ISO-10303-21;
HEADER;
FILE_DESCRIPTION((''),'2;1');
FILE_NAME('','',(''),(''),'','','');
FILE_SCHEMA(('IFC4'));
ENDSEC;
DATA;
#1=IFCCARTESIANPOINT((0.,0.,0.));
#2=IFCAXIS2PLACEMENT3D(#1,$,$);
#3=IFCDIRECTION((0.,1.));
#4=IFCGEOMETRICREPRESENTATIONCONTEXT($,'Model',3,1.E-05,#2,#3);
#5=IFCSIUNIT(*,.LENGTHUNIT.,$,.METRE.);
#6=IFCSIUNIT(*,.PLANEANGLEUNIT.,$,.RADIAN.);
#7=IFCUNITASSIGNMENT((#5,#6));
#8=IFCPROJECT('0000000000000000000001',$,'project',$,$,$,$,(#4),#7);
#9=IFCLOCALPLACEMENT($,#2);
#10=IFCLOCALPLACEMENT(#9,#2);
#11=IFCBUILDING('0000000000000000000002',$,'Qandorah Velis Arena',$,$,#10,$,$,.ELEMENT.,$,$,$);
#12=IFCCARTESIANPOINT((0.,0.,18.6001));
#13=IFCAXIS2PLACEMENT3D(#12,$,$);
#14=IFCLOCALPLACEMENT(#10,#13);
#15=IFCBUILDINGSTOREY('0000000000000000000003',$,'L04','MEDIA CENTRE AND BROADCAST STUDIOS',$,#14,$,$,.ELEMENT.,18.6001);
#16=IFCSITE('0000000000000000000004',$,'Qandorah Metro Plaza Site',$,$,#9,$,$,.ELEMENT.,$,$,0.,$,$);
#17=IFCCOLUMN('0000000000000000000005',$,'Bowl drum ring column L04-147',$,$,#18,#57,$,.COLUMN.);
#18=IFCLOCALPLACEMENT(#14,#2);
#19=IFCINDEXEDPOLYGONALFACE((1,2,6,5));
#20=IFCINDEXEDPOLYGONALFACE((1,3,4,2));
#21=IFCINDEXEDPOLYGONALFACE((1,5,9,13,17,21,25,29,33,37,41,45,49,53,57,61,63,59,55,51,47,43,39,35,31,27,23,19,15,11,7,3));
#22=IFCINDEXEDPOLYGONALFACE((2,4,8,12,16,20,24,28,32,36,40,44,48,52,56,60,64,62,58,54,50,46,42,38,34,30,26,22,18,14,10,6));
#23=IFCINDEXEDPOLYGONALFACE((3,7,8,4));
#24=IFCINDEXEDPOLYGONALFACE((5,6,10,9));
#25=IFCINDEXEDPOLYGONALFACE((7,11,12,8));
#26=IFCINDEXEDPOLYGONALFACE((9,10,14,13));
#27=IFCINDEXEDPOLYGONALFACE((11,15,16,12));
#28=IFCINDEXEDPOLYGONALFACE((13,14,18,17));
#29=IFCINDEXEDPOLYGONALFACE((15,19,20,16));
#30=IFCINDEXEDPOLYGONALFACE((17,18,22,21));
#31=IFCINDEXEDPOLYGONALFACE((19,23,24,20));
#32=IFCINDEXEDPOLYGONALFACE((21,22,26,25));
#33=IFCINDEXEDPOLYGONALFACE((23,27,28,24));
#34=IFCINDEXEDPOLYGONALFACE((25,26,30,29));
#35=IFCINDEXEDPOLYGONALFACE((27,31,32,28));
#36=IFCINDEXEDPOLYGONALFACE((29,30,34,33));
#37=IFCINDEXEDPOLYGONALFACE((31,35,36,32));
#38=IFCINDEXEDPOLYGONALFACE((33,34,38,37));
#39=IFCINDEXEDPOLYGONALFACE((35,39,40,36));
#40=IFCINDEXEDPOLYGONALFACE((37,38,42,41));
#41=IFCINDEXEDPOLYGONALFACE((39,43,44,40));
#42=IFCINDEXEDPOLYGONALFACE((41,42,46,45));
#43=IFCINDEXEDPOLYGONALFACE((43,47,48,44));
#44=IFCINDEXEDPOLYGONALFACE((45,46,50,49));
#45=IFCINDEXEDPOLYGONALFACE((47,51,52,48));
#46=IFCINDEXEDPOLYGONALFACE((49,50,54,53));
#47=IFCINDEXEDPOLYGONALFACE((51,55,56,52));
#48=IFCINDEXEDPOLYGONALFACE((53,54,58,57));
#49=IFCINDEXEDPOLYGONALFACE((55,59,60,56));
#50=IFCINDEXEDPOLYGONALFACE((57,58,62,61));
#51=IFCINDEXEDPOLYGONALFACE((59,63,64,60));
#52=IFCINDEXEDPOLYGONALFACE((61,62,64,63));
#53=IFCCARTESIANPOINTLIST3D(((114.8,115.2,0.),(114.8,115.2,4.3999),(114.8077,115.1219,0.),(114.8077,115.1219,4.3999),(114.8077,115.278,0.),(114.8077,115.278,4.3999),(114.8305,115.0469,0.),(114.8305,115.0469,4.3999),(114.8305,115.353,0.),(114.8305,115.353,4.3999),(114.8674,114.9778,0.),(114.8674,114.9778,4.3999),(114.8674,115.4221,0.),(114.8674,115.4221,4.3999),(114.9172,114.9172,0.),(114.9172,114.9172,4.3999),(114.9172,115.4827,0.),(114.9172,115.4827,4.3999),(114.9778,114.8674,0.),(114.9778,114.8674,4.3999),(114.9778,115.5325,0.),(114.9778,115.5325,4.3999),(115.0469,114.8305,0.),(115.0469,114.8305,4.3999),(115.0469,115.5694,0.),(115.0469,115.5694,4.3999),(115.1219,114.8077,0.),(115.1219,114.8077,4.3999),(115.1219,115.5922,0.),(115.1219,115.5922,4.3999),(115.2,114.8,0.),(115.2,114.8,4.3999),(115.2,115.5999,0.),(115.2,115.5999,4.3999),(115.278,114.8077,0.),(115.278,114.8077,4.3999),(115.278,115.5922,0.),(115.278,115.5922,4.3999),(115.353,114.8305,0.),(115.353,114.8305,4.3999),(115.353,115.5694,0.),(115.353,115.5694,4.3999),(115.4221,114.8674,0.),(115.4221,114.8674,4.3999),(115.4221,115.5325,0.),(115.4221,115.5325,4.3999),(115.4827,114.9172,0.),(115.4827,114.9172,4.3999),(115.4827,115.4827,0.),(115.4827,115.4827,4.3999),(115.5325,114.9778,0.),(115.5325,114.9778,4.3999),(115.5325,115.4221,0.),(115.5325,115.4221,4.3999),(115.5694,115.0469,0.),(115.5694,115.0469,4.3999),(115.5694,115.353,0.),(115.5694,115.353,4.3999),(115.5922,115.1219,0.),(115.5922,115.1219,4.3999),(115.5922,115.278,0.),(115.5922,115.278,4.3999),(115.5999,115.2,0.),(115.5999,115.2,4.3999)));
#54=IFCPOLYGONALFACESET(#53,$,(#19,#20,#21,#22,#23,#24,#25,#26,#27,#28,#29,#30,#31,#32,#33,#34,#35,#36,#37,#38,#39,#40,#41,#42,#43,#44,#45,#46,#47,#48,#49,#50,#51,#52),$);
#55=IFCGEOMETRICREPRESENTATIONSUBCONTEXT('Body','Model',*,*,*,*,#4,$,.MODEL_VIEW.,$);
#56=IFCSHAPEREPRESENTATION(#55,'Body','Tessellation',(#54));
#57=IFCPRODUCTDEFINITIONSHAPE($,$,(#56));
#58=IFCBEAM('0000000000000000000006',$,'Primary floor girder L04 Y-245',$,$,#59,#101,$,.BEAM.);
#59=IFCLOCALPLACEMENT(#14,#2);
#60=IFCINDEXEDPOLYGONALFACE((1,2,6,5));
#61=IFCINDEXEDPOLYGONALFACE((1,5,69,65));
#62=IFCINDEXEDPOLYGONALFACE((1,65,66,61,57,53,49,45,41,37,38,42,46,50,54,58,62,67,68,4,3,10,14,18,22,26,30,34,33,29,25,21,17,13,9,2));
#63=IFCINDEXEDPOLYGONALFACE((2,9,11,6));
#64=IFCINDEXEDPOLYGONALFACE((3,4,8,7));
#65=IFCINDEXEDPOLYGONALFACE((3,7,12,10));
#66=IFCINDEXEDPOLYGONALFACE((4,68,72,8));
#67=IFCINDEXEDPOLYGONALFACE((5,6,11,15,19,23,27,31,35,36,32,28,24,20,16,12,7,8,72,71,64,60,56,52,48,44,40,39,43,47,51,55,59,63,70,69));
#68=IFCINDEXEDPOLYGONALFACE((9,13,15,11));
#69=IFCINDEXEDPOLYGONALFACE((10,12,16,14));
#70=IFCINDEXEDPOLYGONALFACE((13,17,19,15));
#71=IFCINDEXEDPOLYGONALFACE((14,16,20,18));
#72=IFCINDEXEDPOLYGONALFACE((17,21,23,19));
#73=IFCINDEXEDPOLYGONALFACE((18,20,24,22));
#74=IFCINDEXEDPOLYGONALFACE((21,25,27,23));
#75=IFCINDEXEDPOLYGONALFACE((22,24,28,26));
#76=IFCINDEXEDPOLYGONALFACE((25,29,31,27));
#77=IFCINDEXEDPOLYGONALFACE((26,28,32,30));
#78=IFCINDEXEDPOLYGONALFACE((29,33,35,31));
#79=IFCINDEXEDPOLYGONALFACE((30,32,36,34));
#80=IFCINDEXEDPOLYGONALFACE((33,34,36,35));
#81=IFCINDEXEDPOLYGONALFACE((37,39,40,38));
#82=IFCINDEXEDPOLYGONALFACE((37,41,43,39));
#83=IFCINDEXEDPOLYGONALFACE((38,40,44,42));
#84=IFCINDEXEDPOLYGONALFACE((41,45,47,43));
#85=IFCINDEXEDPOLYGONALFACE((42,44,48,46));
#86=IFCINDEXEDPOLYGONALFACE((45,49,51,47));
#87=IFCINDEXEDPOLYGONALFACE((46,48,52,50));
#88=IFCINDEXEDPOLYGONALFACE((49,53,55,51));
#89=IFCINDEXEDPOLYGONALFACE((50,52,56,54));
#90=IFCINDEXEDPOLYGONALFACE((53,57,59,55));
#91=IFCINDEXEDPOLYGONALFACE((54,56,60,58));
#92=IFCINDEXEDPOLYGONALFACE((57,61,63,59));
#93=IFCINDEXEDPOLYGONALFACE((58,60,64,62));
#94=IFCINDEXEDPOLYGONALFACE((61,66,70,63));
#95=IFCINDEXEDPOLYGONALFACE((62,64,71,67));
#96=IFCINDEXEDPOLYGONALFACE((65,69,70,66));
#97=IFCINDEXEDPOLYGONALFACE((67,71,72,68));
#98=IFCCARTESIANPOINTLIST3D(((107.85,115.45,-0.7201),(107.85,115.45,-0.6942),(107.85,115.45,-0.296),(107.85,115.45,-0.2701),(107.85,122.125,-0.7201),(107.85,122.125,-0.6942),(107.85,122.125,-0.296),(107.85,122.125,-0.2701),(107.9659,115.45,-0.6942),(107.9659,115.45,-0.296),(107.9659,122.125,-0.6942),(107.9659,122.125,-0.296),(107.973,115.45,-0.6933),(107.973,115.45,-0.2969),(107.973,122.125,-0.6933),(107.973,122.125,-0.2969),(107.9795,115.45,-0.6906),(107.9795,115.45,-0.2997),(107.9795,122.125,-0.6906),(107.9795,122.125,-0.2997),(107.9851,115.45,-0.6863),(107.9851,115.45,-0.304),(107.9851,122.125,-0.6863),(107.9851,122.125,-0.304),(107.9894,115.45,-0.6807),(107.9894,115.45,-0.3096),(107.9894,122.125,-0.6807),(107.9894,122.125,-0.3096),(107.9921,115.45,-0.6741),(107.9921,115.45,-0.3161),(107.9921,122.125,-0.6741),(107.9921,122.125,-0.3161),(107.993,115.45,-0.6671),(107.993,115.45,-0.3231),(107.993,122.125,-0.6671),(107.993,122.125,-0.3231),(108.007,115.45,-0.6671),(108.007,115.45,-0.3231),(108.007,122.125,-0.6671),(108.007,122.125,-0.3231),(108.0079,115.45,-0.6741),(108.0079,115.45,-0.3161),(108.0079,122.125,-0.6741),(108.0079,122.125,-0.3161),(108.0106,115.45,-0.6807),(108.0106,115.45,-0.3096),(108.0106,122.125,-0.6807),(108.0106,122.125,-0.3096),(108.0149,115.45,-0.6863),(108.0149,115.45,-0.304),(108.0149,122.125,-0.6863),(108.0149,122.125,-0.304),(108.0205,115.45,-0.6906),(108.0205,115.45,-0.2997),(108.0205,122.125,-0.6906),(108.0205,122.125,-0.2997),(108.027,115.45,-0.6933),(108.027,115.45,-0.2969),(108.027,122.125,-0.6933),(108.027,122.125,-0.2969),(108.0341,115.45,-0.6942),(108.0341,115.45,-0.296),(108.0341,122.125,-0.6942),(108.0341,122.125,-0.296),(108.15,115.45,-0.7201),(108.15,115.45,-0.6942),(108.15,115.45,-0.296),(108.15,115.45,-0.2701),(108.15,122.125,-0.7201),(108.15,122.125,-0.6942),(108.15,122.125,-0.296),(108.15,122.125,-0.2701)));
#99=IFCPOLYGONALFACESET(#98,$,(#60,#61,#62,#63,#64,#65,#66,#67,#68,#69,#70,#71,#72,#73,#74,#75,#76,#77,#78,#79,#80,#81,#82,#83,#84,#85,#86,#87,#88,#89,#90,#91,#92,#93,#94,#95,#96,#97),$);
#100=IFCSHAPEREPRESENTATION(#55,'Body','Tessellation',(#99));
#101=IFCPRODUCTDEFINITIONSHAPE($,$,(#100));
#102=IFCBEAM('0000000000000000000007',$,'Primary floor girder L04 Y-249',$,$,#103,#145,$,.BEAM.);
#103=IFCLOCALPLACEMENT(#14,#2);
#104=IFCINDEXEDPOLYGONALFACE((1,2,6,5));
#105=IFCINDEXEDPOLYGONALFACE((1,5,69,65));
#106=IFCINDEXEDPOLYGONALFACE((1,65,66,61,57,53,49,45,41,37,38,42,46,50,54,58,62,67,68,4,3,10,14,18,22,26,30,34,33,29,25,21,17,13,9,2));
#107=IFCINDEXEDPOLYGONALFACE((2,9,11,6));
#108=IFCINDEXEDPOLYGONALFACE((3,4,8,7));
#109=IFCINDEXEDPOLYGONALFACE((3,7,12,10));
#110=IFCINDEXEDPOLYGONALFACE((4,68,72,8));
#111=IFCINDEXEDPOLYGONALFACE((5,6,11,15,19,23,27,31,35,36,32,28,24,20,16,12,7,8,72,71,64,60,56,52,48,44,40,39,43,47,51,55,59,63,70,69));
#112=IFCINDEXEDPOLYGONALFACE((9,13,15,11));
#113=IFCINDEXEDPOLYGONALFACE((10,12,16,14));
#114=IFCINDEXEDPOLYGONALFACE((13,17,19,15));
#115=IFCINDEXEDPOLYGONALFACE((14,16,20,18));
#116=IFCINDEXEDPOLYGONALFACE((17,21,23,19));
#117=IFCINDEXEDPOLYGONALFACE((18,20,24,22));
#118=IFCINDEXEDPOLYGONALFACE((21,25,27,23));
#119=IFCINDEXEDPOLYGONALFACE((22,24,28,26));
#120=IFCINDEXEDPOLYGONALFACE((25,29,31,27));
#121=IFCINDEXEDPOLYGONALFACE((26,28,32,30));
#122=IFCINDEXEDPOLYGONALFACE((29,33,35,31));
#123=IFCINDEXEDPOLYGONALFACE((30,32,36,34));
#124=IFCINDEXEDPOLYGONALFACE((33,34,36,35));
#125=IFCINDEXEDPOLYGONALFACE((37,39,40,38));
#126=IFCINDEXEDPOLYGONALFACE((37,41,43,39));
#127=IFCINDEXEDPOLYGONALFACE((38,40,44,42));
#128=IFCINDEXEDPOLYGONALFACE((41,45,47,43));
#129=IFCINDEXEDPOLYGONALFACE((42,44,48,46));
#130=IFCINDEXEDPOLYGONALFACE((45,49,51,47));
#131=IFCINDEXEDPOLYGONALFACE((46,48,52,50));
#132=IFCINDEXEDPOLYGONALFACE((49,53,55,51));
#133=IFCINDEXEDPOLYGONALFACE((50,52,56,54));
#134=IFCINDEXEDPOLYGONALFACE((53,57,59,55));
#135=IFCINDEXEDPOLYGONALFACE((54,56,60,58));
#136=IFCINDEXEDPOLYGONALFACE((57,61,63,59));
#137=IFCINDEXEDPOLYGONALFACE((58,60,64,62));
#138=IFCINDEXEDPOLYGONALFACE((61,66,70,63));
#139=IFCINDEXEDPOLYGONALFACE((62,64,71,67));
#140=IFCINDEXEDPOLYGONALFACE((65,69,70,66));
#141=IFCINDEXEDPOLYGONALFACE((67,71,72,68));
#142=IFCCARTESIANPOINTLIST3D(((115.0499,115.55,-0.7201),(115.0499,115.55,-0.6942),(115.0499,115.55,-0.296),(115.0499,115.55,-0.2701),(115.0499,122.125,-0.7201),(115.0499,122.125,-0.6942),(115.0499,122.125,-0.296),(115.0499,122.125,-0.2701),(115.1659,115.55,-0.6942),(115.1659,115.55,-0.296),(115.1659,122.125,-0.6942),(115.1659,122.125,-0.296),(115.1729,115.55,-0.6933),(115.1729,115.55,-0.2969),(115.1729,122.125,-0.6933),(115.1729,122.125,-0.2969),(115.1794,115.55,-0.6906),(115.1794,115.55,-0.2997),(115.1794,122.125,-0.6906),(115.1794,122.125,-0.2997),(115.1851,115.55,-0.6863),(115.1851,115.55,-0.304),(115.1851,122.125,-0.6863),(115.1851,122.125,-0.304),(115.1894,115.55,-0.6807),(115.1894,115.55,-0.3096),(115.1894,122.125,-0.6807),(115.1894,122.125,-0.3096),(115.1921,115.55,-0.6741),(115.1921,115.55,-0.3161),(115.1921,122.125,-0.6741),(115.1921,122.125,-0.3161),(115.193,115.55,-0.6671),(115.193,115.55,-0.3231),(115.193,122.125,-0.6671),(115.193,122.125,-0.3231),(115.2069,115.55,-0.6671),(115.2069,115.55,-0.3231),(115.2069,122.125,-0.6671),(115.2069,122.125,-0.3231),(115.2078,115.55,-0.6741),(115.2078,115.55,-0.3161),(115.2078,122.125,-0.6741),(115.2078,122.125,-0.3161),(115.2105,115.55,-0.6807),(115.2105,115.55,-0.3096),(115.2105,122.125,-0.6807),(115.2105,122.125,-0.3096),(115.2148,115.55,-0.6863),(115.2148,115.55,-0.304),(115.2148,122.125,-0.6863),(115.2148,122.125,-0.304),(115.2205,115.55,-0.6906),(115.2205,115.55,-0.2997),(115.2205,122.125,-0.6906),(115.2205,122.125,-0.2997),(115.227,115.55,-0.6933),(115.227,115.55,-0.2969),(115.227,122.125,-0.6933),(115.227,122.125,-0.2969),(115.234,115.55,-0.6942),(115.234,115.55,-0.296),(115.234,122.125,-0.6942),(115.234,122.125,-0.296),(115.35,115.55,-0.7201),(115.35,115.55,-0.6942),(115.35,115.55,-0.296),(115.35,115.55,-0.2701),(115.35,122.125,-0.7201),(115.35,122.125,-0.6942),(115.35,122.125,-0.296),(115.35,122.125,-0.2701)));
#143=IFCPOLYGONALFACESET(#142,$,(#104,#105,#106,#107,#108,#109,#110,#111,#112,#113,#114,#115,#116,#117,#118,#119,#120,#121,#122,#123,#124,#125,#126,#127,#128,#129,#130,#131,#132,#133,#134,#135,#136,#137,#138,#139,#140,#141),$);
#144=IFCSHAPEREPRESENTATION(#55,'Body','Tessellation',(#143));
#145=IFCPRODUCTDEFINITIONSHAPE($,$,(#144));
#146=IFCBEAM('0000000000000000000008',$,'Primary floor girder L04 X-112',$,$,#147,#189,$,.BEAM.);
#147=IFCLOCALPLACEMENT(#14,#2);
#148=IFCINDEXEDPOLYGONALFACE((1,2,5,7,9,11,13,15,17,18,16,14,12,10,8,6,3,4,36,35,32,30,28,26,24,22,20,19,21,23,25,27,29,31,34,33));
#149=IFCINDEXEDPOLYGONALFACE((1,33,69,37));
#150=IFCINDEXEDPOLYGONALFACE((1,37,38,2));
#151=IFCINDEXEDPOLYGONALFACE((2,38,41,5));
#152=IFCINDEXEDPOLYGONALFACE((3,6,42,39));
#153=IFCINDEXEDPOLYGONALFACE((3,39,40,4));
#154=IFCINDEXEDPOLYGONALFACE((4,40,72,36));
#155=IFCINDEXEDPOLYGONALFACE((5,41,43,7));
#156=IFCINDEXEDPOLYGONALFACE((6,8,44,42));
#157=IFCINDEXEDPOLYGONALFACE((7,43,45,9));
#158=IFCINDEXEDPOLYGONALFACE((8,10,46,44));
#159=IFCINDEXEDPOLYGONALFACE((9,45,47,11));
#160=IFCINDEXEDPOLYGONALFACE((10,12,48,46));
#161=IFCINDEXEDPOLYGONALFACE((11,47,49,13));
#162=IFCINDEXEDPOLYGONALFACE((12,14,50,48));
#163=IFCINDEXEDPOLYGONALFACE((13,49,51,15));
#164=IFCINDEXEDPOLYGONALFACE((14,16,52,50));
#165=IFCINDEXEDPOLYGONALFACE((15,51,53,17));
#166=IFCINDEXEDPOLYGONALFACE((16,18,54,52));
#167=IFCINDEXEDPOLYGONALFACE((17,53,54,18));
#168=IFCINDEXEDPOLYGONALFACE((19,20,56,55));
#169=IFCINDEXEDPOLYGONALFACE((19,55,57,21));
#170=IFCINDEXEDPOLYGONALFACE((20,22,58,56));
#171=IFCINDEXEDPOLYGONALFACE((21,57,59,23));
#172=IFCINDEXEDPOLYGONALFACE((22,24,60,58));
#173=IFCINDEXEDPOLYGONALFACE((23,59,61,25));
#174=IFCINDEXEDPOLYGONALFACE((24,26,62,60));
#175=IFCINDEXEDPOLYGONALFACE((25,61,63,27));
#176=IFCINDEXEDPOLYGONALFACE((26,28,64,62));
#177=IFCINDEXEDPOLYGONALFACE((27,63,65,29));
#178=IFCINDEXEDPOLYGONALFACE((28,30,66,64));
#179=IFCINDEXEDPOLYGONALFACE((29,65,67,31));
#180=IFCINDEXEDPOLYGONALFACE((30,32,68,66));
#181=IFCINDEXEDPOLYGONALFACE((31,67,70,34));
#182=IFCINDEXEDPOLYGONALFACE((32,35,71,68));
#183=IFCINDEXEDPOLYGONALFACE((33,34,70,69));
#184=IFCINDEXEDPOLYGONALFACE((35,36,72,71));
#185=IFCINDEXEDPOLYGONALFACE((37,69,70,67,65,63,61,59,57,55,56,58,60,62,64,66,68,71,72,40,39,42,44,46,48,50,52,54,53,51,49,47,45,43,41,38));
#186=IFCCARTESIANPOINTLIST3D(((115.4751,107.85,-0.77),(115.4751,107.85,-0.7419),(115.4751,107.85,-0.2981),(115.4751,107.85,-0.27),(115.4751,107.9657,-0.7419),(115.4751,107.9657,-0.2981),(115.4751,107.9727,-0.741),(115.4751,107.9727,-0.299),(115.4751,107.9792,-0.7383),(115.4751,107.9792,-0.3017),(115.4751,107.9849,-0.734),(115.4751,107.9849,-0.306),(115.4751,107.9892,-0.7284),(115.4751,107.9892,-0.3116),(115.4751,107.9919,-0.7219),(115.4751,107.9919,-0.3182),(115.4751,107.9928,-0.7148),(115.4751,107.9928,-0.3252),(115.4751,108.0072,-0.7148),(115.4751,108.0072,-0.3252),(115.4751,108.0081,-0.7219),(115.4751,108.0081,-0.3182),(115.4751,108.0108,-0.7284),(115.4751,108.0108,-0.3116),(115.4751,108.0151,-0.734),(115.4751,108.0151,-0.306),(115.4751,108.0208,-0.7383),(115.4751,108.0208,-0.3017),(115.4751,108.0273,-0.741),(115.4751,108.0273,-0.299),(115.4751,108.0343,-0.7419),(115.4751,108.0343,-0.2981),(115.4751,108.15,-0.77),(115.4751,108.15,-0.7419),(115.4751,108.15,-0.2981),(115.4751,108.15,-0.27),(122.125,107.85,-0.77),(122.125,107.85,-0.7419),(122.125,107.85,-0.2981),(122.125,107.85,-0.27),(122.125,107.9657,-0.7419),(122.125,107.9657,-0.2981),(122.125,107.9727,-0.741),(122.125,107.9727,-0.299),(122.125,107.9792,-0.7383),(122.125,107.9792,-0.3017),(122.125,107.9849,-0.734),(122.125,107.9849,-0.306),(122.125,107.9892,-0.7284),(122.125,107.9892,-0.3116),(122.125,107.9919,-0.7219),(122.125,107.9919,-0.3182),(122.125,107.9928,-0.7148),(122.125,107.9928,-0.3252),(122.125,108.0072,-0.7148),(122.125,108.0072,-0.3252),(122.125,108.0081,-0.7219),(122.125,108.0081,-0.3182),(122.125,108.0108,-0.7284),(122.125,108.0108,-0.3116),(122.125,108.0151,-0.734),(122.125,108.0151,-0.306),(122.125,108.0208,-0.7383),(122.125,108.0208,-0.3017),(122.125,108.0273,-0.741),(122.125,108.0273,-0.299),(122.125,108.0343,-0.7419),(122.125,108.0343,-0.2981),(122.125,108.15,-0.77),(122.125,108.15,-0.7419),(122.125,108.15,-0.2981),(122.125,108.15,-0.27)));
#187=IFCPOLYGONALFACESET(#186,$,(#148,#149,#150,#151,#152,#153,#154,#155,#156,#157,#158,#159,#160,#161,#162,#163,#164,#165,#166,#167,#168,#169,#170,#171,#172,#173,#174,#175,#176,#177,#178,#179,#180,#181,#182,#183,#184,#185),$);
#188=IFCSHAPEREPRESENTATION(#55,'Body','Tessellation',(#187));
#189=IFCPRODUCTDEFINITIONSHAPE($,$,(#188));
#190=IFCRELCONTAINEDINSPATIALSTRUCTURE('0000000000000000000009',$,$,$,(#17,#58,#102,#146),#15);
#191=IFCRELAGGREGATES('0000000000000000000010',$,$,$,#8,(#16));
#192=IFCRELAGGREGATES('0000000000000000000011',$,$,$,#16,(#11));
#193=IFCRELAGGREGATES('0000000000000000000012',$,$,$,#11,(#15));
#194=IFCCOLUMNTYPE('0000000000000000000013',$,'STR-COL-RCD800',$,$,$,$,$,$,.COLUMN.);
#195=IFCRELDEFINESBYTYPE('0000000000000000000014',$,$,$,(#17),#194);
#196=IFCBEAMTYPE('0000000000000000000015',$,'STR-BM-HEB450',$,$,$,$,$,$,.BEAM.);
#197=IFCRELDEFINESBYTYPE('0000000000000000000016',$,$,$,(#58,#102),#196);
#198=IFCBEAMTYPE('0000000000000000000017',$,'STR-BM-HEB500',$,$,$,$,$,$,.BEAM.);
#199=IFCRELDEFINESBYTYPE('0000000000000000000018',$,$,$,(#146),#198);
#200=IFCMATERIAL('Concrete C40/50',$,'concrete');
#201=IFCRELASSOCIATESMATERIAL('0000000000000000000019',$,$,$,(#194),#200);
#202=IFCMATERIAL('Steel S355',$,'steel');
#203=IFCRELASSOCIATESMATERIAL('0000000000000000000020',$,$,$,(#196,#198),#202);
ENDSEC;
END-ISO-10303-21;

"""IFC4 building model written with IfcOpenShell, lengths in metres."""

from ifc_helpers import new_model, si_unit, direction, frame, origin, origin_2d, place, context, subcontext, project, spatial, circle, i_section, extrude, material, material_profile, profile_set, type_object, element, save


model = new_model("IFC4")

# Units and contexts
model_context = context("Model", 3, precision=1e-05, world=origin(), true_north=direction((0.0, 1.0)))
body_context = subcontext(model_context, "Body", "Model", "MODEL_VIEW")
ifc_project = project(units=[si_unit("LENGTHUNIT", "METRE"), si_unit("PLANEANGLEUNIT", "RADIAN")], contexts=[model_context])

# Site, building, storey
site_placement = place(None, origin())
site = spatial("IfcSite", under=ifc_project, at=site_placement, Name="Qandorah Metro Plaza Site", CompositionType="ELEMENT", RefElevation=0.0)
building_placement = place(site_placement, origin())
building = spatial("IfcBuilding", under=site, at=building_placement, Name="Qandorah Velis Arena", CompositionType="ELEMENT")
storey_placement = place(building_placement, frame((0.0, 0.0, 18.6001)))
storey = spatial("IfcBuildingStorey", under=building, at=storey_placement, Name="L04", Description="MEDIA CENTRE AND BROADCAST STUDIOS", CompositionType="ELEMENT", Elevation=18.6001)

# Column
ifc_material_1 = material(Name="Concrete C40/50", Category="concrete")
ifc_material_profile_1 = material_profile(ifc_material_1, circle(Radius=0.3999, at=origin_2d()), Name="RC D800")
ifc_profile_set_1 = profile_set([ifc_material_profile_1], Name="Concrete C40/50")
column_type = type_object("IfcColumnType", Name="STR-COL-RCD800", PredefinedType="COLUMN", material=ifc_profile_set_1)
column_placement = place(storey_placement, frame((115.2, 115.2, 0.0), z_axis=(0.0, 0.0, 1.0), x_axis=(1.0, 0.0, 0.0)))
element("IfcColumn", 1, at=column_placement, inside=storey, type_object=column_type, Name="Bowl drum ring column L04-147", PredefinedType="COLUMN", context=body_context, shape_type="SweptSolid", body=[
    extrude(circle(Radius=0.3999, at=origin_2d()), origin(), (0.0, 0.0, 1.0), 4.3999),
])

# Beams
ifc_material_2 = material(Name="Steel S355", Category="steel")
ifc_material_profile_2 = material_profile(ifc_material_2, i_section(OverallWidth=0.3, OverallDepth=0.45, WebThickness=0.0139, FlangeThickness=0.0259, FilletRadius=0.0271, at=origin_2d()), Name="HEB 450")
ifc_profile_set_2 = profile_set([ifc_material_profile_2], Name="Steel S355")
beam_type_1 = type_object("IfcBeamType", Name="STR-BM-HEB450", PredefinedType="BEAM", material=ifc_profile_set_2)
beam_1_placement = place(storey_placement, frame((108.0, 115.45, -0.4951), z_axis=(0.0, 1.0, 0.0), x_axis=(-1.0, 0.0, 0.0)))
element("IfcBeam", 2, at=beam_1_placement, inside=storey, type_object=beam_type_1, Name="Primary floor girder L04 Y-245", PredefinedType="BEAM", context=body_context, shape_type="SweptSolid", body=[
    extrude(i_section(OverallWidth=0.3, OverallDepth=0.45, WebThickness=0.0139, FlangeThickness=0.0259, FilletRadius=0.0271, at=origin_2d()), origin(), (0.0, 0.0, 1.0), 6.675),
])
beam_2_placement = place(storey_placement, frame((115.2, 115.55, -0.4951), z_axis=(0.0, 1.0, 0.0), x_axis=(-1.0, 0.0, 0.0)))
element("IfcBeam", 3, at=beam_2_placement, inside=storey, type_object=beam_type_1, Name="Primary floor girder L04 Y-249", PredefinedType="BEAM", context=body_context, shape_type="SweptSolid", body=[
    extrude(i_section(OverallWidth=0.3, OverallDepth=0.45, WebThickness=0.0139, FlangeThickness=0.0259, FilletRadius=0.0271, at=origin_2d()), origin(), (0.0, 0.0, 1.0), 6.575),
])
ifc_material_profile_3 = material_profile(ifc_material_2, i_section(OverallWidth=0.3, OverallDepth=0.5, WebThickness=0.0144, FlangeThickness=0.0281, FilletRadius=0.0271, at=origin_2d()), Name="HEB 500")
ifc_profile_set_3 = profile_set([ifc_material_profile_3], Name="Steel S355")
beam_type_2 = type_object("IfcBeamType", Name="STR-BM-HEB500", PredefinedType="BEAM", material=ifc_profile_set_3)
beam_3_placement = place(storey_placement, frame((115.4751, 108.0, -0.52), z_axis=(1.0, 0.0, 0.0), x_axis=(0.0, 1.0, 0.0)))
element("IfcBeam", 4, at=beam_3_placement, inside=storey, type_object=beam_type_2, Name="Primary floor girder L04 X-112", PredefinedType="BEAM", context=body_context, shape_type="SweptSolid", body=[
    extrude(i_section(OverallWidth=0.3, OverallDepth=0.5, WebThickness=0.0144, FlangeThickness=0.0281, FilletRadius=0.0271, at=origin_2d()), origin(), (0.0, 0.0, 1.0), 6.6499),
])

save(model, "model.ifc")
